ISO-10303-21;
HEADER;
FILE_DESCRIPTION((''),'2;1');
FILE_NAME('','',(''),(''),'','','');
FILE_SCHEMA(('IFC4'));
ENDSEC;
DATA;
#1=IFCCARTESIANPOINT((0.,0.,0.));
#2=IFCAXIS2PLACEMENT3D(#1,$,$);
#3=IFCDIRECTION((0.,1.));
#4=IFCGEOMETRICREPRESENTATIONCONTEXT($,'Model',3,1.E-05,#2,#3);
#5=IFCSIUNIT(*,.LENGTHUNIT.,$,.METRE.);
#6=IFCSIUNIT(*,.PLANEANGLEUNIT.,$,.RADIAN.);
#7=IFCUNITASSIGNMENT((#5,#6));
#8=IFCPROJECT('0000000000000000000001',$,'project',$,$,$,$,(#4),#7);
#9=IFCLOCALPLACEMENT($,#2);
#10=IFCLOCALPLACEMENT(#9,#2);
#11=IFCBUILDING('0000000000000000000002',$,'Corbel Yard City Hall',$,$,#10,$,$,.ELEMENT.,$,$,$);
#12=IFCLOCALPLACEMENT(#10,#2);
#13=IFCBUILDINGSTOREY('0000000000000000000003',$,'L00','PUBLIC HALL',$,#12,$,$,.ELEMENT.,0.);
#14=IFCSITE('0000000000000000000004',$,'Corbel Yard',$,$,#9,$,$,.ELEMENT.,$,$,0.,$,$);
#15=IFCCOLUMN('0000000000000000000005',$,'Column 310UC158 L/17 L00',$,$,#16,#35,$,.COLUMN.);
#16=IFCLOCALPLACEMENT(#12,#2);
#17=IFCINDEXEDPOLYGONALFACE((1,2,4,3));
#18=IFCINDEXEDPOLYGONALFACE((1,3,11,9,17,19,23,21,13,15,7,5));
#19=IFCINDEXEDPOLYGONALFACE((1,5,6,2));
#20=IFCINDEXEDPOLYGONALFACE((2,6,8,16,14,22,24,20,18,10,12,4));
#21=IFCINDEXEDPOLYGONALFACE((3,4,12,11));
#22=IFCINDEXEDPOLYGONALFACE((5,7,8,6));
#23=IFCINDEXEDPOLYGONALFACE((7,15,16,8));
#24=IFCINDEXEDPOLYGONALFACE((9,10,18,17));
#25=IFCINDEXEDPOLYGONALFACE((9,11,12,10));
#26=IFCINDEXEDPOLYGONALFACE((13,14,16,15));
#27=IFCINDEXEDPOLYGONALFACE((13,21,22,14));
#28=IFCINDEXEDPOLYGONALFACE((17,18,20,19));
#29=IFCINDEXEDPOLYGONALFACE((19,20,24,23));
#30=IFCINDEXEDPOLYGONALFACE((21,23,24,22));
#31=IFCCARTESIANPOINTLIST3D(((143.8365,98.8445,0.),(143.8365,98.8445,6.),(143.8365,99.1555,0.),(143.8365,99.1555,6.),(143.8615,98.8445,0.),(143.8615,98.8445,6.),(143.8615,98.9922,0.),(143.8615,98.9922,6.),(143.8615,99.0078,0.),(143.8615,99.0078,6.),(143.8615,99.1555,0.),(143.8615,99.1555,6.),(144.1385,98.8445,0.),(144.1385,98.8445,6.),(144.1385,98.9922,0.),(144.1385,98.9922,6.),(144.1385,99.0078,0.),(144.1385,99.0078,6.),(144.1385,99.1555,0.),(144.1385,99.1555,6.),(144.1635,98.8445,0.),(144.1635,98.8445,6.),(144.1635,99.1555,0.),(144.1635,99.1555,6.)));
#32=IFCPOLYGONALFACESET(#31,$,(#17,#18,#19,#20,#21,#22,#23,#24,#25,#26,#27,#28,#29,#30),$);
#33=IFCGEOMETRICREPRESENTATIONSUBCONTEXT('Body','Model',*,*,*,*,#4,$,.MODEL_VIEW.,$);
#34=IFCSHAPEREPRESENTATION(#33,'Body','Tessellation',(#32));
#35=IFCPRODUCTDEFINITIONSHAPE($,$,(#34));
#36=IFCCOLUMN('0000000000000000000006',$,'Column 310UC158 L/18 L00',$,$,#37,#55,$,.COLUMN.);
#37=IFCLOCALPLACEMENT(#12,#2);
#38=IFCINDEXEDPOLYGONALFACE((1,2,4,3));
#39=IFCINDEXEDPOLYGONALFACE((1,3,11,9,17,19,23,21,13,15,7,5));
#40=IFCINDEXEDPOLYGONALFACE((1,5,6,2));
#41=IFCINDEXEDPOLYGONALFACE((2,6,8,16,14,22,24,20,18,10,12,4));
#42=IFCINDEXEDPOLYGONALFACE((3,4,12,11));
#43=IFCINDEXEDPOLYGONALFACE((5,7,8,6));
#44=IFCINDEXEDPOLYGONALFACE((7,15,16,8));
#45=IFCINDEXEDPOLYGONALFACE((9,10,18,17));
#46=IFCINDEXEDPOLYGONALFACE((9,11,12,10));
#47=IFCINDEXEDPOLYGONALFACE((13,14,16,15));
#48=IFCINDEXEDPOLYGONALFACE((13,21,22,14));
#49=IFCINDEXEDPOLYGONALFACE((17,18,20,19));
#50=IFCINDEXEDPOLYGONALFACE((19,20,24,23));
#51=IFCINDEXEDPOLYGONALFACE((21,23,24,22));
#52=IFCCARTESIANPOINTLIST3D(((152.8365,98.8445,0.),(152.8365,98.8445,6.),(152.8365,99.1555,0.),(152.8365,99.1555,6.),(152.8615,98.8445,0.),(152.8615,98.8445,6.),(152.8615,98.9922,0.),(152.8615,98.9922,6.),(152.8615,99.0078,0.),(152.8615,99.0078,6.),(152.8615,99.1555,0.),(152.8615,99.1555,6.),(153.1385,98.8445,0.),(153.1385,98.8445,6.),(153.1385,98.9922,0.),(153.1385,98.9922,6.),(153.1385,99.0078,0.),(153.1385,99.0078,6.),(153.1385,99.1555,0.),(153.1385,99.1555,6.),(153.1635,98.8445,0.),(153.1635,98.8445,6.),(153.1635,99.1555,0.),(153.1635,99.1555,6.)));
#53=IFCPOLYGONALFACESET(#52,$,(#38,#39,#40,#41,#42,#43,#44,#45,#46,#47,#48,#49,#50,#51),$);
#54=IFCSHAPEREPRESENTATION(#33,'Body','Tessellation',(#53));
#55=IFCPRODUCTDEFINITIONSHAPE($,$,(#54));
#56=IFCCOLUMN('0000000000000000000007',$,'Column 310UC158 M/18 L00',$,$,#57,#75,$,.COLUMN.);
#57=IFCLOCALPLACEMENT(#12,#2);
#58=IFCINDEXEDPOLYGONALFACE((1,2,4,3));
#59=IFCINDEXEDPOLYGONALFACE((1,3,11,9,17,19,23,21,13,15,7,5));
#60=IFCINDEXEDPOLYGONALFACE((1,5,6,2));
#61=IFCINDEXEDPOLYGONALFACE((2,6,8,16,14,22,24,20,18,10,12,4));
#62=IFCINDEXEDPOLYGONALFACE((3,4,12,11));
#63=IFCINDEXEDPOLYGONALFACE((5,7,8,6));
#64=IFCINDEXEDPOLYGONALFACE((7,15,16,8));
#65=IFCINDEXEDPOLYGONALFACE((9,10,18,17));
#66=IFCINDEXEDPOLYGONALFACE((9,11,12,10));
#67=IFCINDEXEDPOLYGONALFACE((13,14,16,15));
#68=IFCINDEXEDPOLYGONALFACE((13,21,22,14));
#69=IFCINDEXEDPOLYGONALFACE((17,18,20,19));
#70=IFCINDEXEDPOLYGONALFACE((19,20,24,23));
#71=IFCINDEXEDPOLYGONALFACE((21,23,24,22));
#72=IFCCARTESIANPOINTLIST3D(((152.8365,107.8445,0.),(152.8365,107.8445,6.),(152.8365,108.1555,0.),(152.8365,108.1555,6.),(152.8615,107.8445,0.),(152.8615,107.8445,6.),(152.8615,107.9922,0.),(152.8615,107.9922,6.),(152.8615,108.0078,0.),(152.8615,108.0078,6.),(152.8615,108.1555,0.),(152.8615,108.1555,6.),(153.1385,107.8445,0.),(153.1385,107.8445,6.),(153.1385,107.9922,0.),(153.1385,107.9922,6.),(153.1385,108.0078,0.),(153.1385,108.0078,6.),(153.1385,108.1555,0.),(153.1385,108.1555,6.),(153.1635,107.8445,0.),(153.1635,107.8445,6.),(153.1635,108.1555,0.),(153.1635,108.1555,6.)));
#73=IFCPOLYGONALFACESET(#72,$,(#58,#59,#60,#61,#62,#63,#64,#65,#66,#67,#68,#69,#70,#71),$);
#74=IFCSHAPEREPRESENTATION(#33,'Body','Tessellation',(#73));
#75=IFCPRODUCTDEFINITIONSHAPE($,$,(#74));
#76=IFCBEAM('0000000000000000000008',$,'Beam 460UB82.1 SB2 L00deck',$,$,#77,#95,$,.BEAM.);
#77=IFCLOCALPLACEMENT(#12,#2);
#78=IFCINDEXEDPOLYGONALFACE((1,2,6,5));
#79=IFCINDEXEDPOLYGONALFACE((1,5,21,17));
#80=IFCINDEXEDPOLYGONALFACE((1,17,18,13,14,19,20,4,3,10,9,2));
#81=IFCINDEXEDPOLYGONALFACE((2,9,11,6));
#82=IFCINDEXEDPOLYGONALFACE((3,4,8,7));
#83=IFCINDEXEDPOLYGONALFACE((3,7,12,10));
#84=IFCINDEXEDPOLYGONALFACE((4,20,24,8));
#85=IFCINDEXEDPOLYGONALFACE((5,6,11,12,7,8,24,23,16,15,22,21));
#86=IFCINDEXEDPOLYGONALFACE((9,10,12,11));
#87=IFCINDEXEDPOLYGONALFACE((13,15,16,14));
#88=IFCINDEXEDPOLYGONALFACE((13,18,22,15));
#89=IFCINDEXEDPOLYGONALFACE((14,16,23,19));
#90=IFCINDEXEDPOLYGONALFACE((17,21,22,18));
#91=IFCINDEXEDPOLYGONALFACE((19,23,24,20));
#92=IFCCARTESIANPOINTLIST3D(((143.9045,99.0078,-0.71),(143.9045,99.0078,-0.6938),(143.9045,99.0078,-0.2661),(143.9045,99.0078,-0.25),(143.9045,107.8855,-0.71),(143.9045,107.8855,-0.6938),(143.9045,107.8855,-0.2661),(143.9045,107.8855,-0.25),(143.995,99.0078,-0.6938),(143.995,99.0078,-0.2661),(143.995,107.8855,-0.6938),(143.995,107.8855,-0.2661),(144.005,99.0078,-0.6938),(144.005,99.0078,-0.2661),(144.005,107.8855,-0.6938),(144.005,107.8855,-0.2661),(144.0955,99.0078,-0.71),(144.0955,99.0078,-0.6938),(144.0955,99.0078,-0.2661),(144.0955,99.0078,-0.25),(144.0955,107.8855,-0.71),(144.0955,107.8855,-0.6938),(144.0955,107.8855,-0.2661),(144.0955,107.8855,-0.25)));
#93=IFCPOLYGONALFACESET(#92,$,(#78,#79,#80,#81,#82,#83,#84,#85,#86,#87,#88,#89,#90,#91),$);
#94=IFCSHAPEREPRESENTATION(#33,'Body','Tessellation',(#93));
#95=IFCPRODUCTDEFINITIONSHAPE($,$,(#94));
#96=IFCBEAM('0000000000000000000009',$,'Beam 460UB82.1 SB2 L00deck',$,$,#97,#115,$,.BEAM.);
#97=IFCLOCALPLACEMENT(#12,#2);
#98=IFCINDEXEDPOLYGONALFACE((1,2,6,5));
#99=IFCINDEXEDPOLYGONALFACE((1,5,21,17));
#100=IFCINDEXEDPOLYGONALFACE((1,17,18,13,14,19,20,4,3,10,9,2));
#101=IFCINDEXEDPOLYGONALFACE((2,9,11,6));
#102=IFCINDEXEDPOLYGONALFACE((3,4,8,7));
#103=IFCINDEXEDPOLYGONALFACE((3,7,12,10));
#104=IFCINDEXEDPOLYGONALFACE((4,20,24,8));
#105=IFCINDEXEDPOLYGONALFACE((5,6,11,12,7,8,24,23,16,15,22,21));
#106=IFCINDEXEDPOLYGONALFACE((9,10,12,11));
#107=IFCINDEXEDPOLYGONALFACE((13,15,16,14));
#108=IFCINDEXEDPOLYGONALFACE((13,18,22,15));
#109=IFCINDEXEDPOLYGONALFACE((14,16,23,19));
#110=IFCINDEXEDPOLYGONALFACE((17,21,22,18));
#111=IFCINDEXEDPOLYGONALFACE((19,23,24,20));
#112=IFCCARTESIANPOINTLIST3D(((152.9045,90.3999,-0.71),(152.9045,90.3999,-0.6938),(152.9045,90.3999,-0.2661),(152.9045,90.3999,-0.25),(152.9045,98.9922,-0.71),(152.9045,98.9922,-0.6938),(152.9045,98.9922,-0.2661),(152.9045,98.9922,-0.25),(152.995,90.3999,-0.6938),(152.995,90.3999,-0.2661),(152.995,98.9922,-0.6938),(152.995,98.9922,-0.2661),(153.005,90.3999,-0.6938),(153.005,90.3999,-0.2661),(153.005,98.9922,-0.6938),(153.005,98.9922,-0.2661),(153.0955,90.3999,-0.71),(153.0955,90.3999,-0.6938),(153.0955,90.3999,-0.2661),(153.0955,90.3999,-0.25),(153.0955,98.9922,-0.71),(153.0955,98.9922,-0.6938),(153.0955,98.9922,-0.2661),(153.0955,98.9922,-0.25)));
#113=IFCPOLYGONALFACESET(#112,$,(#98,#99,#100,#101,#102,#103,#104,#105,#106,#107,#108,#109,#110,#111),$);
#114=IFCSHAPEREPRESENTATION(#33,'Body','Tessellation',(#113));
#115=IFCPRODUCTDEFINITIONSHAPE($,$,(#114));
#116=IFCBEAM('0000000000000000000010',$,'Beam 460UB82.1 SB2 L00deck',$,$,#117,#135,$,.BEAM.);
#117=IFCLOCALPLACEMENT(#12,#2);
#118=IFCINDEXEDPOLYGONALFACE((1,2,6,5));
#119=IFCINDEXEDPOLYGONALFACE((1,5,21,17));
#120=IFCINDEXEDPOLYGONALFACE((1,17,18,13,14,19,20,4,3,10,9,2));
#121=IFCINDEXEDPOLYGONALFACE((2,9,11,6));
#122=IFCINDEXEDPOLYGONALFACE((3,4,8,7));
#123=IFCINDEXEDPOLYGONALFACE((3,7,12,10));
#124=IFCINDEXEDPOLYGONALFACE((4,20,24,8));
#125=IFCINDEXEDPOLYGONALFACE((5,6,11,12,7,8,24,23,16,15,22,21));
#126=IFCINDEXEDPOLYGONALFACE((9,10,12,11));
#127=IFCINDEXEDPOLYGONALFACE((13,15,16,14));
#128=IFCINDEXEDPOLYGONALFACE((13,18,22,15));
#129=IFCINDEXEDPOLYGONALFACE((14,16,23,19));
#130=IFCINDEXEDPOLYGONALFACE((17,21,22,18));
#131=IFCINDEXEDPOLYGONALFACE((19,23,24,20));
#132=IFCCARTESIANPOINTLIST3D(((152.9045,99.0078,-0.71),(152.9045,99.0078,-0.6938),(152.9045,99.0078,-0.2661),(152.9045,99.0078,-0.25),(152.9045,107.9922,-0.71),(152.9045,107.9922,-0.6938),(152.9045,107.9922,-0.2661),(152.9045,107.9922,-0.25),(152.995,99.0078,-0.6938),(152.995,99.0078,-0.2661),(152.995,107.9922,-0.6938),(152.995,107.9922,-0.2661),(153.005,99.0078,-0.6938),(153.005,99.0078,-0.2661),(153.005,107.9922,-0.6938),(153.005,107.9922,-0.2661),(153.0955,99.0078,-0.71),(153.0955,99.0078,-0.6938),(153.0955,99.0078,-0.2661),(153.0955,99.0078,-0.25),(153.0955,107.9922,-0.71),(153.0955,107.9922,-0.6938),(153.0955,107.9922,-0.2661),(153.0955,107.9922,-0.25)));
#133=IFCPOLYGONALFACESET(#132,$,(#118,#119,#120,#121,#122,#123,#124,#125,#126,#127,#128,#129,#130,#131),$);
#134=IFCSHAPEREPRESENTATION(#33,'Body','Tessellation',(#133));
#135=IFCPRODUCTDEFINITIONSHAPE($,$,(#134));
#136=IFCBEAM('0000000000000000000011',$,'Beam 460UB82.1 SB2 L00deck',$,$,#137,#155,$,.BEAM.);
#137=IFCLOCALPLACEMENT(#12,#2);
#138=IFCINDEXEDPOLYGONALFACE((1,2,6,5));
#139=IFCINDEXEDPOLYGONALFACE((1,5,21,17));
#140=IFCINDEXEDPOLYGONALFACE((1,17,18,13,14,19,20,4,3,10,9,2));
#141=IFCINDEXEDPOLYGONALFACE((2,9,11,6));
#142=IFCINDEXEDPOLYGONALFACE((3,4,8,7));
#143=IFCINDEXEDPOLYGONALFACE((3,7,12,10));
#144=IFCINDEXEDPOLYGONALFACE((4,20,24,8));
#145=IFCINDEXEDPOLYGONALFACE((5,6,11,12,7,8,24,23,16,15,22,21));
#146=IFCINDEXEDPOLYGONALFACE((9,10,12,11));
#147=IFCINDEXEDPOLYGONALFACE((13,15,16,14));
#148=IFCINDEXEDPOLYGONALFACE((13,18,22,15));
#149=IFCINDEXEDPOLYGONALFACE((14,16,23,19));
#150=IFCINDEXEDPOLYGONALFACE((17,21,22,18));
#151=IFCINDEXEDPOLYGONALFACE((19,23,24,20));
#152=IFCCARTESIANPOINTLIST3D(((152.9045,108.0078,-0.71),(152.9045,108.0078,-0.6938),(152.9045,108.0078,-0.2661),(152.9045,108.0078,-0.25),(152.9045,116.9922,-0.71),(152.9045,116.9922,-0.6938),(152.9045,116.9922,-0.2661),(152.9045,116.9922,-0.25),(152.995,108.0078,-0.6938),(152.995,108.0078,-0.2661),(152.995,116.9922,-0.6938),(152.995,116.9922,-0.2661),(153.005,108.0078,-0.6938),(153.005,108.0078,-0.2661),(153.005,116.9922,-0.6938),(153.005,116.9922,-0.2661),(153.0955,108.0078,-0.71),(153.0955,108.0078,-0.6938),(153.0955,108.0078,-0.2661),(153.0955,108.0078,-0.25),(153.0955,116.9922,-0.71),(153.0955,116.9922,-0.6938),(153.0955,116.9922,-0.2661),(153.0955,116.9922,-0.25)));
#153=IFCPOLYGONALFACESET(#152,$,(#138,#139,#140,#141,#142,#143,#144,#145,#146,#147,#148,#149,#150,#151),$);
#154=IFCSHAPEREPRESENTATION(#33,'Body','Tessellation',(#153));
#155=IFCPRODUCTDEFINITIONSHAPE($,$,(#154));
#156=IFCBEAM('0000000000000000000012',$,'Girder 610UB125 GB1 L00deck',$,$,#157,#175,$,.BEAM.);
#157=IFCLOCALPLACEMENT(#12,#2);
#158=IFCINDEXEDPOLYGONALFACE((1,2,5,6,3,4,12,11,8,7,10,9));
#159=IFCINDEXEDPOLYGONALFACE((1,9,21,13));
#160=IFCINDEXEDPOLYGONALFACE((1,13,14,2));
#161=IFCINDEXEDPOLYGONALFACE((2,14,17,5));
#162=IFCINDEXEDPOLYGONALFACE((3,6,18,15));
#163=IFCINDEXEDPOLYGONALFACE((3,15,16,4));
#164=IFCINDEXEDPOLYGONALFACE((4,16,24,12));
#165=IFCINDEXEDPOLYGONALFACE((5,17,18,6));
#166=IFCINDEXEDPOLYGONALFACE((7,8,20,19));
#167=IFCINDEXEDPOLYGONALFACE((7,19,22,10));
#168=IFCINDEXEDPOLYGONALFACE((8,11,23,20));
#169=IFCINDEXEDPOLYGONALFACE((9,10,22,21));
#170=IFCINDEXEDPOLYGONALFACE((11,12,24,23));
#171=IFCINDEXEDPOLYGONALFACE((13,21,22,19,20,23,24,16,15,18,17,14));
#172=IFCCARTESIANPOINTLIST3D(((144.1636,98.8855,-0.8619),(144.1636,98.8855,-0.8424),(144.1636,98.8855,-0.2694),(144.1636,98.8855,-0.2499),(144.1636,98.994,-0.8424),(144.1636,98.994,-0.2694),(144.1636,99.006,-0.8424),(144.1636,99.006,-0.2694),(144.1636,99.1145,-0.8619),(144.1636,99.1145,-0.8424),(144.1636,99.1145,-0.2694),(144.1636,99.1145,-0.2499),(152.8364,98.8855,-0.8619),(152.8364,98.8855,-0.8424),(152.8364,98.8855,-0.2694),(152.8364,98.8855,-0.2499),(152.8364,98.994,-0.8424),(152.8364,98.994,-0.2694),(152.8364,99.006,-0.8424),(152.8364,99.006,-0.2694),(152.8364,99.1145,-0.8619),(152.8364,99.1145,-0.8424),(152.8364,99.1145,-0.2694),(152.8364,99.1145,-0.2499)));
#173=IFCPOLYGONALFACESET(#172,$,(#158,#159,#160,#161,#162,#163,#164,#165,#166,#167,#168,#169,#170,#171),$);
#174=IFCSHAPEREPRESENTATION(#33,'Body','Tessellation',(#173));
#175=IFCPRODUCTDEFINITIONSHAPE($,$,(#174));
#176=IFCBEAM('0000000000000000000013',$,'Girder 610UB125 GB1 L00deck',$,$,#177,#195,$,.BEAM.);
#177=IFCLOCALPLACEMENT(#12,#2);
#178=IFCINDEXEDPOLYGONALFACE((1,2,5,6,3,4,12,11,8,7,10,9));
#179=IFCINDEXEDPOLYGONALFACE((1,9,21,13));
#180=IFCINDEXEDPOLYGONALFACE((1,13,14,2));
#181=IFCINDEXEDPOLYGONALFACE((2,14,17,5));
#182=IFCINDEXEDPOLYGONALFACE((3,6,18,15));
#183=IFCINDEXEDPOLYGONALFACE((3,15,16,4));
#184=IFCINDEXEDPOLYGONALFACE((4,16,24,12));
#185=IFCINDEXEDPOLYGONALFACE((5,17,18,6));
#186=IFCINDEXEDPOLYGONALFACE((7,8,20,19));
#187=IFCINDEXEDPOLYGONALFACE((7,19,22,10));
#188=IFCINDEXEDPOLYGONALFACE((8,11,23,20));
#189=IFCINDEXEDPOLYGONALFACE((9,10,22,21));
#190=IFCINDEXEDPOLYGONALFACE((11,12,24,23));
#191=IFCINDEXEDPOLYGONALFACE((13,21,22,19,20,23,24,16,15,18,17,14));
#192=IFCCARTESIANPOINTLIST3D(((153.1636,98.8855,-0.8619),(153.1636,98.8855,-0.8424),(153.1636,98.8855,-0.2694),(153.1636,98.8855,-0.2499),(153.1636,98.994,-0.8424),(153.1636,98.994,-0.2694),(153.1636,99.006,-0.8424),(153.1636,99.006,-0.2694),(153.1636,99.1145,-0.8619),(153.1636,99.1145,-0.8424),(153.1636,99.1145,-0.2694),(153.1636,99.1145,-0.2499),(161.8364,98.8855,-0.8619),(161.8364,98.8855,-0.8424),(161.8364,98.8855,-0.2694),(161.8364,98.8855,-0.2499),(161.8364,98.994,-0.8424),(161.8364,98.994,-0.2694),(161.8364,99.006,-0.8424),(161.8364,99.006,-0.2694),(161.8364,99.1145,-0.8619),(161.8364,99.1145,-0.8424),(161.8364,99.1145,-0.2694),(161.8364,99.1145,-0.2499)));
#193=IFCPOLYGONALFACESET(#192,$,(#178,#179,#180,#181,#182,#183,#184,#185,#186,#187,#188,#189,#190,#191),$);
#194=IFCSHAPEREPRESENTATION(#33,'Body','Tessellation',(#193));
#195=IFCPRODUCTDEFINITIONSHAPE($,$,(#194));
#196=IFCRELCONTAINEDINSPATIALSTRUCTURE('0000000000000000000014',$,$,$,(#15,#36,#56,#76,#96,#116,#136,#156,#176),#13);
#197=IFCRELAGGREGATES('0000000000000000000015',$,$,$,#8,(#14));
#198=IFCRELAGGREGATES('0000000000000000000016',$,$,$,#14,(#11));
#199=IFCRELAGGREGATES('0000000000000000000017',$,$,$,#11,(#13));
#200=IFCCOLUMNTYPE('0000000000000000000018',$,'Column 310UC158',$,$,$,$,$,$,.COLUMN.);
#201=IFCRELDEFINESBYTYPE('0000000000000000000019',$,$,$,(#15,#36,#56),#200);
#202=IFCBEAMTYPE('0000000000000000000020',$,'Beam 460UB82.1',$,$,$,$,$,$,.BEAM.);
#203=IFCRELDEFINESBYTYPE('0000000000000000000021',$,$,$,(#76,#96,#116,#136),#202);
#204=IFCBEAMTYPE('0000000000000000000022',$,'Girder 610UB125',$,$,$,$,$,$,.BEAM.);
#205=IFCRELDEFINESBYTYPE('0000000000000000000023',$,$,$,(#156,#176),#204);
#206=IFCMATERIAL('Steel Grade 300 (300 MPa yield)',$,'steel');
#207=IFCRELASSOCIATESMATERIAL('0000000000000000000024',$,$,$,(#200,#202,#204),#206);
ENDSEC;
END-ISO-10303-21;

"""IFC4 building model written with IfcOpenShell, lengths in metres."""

from ifc_helpers import new_model, si_unit, direction, frame, origin, origin_2d, place, context, subcontext, project, spatial, i_section, extrude, material, material_profile, profile_set, type_object, element, save


model = new_model("IFC4")

# Units and contexts
model_context = context("Model", 3, precision=1e-05, world=origin(), true_north=direction((0.0, 1.0)))
body_context = subcontext(model_context, "Body", "Model", "MODEL_VIEW")
ifc_project = project(units=[si_unit("LENGTHUNIT", "METRE"), si_unit("PLANEANGLEUNIT", "RADIAN")], contexts=[model_context])

# Site, building, storey
site_placement = place(None, origin())
site = spatial("IfcSite", under=ifc_project, at=site_placement, Name="Corbel Yard", CompositionType="ELEMENT", RefElevation=0.0)
building_placement = place(site_placement, origin())
building = spatial("IfcBuilding", under=site, at=building_placement, Name="Corbel Yard City Hall", CompositionType="ELEMENT")
storey_placement = place(building_placement, origin())
storey = spatial("IfcBuildingStorey", under=building, at=storey_placement, Name="L00", Description="PUBLIC HALL", CompositionType="ELEMENT", Elevation=0.0)

# Columns
ifc_material_1 = material(Name="Steel Grade 300 (300 MPa yield)", Category="steel")
ifc_material_profile_1 = material_profile(ifc_material_1, i_section(OverallWidth=0.311, OverallDepth=0.3269, WebThickness=0.0156, FlangeThickness=0.0249, at=origin_2d()), Name="310UC158")
ifc_profile_set_1 = profile_set([ifc_material_profile_1], Name="Steel Grade 300 (300 MPa yield)")
column_type = type_object("IfcColumnType", Name="Column 310UC158", PredefinedType="COLUMN", material=ifc_profile_set_1)
for number, where, z_axis, x_axis, name in (
    (1, (144.0, 99.0, 0.0), (0.0, 0.0, 1.0), (0.0, 1.0, 0.0), "Column 310UC158 L/17 L00"),
    (2, (153.0, 99.0, 0.0), (0.0, 0.0, 1.0), (0.0, 1.0, 0.0), "Column 310UC158 L/18 L00"),
    (3, (153.0, 108.0, 0.0), (0.0, 0.0, 1.0), (0.0, 1.0, 0.0), "Column 310UC158 M/18 L00"),
):
    element("IfcColumn", number, at=place(storey_placement, frame(where, z_axis=z_axis, x_axis=x_axis)), inside=storey, type_object=column_type, Name=name, PredefinedType="COLUMN", context=body_context, shape_type="SweptSolid", body=[
        extrude(i_section(OverallWidth=0.311, OverallDepth=0.3269, WebThickness=0.0156, FlangeThickness=0.0249, at=origin_2d()), origin(), (0.0, 0.0, 1.0), 6.0),
    ])

# Beams
ifc_material_profile_2 = material_profile(ifc_material_1, i_section(OverallWidth=0.1909, OverallDepth=0.46, WebThickness=0.01, FlangeThickness=0.0161, at=origin_2d()), Name="460UB82.1")
ifc_profile_set_2 = profile_set([ifc_material_profile_2], Name="Steel Grade 300 (300 MPa yield)")
beam_type_1 = type_object("IfcBeamType", Name="Beam 460UB82.1", PredefinedType="BEAM", material=ifc_profile_set_2)
beam_1_placement = place(storey_placement, frame((144.0, 99.0078, -0.48), z_axis=(0.0, 1.0, 0.0), x_axis=(-1.0, 0.0, 0.0)))
element("IfcBeam", 4, at=beam_1_placement, inside=storey, type_object=beam_type_1, Name="Beam 460UB82.1 SB2 L00deck", PredefinedType="BEAM", context=body_context, shape_type="SweptSolid", body=[
    extrude(i_section(OverallWidth=0.1909, OverallDepth=0.46, WebThickness=0.01, FlangeThickness=0.0161, at=origin_2d()), origin(), (0.0, 0.0, 1.0), 8.8777),
])
beam_2_placement = place(storey_placement, frame((153.0, 90.3999, -0.48), z_axis=(0.0, 1.0, 0.0), x_axis=(-1.0, 0.0, 0.0)))
element("IfcBeam", 5, at=beam_2_placement, inside=storey, type_object=beam_type_1, Name="Beam 460UB82.1 SB2 L00deck", PredefinedType="BEAM", context=body_context, shape_type="SweptSolid", body=[
    extrude(i_section(OverallWidth=0.1909, OverallDepth=0.46, WebThickness=0.01, FlangeThickness=0.0161, at=origin_2d()), origin(), (0.0, 0.0, 1.0), 8.5923),
])
for number, where, z_axis, x_axis, name in (
    (6, (153.0, 99.0078, -0.48), (0.0, 1.0, 0.0), (-1.0, 0.0, 0.0), "Beam 460UB82.1 SB2 L00deck"),
    (7, (153.0, 108.0078, -0.48), (0.0, 1.0, 0.0), (-1.0, 0.0, 0.0), "Beam 460UB82.1 SB2 L00deck"),
):
    element("IfcBeam", number, at=place(storey_placement, frame(where, z_axis=z_axis, x_axis=x_axis)), inside=storey, type_object=beam_type_1, Name=name, PredefinedType="BEAM", context=body_context, shape_type="SweptSolid", body=[
        extrude(i_section(OverallWidth=0.1909, OverallDepth=0.46, WebThickness=0.01, FlangeThickness=0.0161, at=origin_2d()), origin(), (0.0, 0.0, 1.0), 8.9844),
    ])
ifc_material_profile_3 = material_profile(ifc_material_1, i_section(OverallWidth=0.229, OverallDepth=0.6121, WebThickness=0.012, FlangeThickness=0.0195, at=origin_2d()), Name="610UB125")
ifc_profile_set_3 = profile_set([ifc_material_profile_3], Name="Steel Grade 300 (300 MPa yield)")
beam_type_2 = type_object("IfcBeamType", Name="Girder 610UB125", PredefinedType="BEAM", material=ifc_profile_set_3)
for number, where, z_axis, x_axis, name in (
    (8, (144.1636, 99.0, -0.5559), (1.0, 0.0, 0.0), (0.0, 1.0, 0.0), "Girder 610UB125 GB1 L00deck"),
    (9, (153.1636, 99.0, -0.5559), (1.0, 0.0, 0.0), (0.0, 1.0, 0.0), "Girder 610UB125 GB1 L00deck"),
):
    element("IfcBeam", number, at=place(storey_placement, frame(where, z_axis=z_axis, x_axis=x_axis)), inside=storey, type_object=beam_type_2, Name=name, PredefinedType="BEAM", context=body_context, shape_type="SweptSolid", body=[
        extrude(i_section(OverallWidth=0.229, OverallDepth=0.6121, WebThickness=0.012, FlangeThickness=0.0195, at=origin_2d()), origin(), (0.0, 0.0, 1.0), 8.6729),
    ])

save(model, "model.ifc")
